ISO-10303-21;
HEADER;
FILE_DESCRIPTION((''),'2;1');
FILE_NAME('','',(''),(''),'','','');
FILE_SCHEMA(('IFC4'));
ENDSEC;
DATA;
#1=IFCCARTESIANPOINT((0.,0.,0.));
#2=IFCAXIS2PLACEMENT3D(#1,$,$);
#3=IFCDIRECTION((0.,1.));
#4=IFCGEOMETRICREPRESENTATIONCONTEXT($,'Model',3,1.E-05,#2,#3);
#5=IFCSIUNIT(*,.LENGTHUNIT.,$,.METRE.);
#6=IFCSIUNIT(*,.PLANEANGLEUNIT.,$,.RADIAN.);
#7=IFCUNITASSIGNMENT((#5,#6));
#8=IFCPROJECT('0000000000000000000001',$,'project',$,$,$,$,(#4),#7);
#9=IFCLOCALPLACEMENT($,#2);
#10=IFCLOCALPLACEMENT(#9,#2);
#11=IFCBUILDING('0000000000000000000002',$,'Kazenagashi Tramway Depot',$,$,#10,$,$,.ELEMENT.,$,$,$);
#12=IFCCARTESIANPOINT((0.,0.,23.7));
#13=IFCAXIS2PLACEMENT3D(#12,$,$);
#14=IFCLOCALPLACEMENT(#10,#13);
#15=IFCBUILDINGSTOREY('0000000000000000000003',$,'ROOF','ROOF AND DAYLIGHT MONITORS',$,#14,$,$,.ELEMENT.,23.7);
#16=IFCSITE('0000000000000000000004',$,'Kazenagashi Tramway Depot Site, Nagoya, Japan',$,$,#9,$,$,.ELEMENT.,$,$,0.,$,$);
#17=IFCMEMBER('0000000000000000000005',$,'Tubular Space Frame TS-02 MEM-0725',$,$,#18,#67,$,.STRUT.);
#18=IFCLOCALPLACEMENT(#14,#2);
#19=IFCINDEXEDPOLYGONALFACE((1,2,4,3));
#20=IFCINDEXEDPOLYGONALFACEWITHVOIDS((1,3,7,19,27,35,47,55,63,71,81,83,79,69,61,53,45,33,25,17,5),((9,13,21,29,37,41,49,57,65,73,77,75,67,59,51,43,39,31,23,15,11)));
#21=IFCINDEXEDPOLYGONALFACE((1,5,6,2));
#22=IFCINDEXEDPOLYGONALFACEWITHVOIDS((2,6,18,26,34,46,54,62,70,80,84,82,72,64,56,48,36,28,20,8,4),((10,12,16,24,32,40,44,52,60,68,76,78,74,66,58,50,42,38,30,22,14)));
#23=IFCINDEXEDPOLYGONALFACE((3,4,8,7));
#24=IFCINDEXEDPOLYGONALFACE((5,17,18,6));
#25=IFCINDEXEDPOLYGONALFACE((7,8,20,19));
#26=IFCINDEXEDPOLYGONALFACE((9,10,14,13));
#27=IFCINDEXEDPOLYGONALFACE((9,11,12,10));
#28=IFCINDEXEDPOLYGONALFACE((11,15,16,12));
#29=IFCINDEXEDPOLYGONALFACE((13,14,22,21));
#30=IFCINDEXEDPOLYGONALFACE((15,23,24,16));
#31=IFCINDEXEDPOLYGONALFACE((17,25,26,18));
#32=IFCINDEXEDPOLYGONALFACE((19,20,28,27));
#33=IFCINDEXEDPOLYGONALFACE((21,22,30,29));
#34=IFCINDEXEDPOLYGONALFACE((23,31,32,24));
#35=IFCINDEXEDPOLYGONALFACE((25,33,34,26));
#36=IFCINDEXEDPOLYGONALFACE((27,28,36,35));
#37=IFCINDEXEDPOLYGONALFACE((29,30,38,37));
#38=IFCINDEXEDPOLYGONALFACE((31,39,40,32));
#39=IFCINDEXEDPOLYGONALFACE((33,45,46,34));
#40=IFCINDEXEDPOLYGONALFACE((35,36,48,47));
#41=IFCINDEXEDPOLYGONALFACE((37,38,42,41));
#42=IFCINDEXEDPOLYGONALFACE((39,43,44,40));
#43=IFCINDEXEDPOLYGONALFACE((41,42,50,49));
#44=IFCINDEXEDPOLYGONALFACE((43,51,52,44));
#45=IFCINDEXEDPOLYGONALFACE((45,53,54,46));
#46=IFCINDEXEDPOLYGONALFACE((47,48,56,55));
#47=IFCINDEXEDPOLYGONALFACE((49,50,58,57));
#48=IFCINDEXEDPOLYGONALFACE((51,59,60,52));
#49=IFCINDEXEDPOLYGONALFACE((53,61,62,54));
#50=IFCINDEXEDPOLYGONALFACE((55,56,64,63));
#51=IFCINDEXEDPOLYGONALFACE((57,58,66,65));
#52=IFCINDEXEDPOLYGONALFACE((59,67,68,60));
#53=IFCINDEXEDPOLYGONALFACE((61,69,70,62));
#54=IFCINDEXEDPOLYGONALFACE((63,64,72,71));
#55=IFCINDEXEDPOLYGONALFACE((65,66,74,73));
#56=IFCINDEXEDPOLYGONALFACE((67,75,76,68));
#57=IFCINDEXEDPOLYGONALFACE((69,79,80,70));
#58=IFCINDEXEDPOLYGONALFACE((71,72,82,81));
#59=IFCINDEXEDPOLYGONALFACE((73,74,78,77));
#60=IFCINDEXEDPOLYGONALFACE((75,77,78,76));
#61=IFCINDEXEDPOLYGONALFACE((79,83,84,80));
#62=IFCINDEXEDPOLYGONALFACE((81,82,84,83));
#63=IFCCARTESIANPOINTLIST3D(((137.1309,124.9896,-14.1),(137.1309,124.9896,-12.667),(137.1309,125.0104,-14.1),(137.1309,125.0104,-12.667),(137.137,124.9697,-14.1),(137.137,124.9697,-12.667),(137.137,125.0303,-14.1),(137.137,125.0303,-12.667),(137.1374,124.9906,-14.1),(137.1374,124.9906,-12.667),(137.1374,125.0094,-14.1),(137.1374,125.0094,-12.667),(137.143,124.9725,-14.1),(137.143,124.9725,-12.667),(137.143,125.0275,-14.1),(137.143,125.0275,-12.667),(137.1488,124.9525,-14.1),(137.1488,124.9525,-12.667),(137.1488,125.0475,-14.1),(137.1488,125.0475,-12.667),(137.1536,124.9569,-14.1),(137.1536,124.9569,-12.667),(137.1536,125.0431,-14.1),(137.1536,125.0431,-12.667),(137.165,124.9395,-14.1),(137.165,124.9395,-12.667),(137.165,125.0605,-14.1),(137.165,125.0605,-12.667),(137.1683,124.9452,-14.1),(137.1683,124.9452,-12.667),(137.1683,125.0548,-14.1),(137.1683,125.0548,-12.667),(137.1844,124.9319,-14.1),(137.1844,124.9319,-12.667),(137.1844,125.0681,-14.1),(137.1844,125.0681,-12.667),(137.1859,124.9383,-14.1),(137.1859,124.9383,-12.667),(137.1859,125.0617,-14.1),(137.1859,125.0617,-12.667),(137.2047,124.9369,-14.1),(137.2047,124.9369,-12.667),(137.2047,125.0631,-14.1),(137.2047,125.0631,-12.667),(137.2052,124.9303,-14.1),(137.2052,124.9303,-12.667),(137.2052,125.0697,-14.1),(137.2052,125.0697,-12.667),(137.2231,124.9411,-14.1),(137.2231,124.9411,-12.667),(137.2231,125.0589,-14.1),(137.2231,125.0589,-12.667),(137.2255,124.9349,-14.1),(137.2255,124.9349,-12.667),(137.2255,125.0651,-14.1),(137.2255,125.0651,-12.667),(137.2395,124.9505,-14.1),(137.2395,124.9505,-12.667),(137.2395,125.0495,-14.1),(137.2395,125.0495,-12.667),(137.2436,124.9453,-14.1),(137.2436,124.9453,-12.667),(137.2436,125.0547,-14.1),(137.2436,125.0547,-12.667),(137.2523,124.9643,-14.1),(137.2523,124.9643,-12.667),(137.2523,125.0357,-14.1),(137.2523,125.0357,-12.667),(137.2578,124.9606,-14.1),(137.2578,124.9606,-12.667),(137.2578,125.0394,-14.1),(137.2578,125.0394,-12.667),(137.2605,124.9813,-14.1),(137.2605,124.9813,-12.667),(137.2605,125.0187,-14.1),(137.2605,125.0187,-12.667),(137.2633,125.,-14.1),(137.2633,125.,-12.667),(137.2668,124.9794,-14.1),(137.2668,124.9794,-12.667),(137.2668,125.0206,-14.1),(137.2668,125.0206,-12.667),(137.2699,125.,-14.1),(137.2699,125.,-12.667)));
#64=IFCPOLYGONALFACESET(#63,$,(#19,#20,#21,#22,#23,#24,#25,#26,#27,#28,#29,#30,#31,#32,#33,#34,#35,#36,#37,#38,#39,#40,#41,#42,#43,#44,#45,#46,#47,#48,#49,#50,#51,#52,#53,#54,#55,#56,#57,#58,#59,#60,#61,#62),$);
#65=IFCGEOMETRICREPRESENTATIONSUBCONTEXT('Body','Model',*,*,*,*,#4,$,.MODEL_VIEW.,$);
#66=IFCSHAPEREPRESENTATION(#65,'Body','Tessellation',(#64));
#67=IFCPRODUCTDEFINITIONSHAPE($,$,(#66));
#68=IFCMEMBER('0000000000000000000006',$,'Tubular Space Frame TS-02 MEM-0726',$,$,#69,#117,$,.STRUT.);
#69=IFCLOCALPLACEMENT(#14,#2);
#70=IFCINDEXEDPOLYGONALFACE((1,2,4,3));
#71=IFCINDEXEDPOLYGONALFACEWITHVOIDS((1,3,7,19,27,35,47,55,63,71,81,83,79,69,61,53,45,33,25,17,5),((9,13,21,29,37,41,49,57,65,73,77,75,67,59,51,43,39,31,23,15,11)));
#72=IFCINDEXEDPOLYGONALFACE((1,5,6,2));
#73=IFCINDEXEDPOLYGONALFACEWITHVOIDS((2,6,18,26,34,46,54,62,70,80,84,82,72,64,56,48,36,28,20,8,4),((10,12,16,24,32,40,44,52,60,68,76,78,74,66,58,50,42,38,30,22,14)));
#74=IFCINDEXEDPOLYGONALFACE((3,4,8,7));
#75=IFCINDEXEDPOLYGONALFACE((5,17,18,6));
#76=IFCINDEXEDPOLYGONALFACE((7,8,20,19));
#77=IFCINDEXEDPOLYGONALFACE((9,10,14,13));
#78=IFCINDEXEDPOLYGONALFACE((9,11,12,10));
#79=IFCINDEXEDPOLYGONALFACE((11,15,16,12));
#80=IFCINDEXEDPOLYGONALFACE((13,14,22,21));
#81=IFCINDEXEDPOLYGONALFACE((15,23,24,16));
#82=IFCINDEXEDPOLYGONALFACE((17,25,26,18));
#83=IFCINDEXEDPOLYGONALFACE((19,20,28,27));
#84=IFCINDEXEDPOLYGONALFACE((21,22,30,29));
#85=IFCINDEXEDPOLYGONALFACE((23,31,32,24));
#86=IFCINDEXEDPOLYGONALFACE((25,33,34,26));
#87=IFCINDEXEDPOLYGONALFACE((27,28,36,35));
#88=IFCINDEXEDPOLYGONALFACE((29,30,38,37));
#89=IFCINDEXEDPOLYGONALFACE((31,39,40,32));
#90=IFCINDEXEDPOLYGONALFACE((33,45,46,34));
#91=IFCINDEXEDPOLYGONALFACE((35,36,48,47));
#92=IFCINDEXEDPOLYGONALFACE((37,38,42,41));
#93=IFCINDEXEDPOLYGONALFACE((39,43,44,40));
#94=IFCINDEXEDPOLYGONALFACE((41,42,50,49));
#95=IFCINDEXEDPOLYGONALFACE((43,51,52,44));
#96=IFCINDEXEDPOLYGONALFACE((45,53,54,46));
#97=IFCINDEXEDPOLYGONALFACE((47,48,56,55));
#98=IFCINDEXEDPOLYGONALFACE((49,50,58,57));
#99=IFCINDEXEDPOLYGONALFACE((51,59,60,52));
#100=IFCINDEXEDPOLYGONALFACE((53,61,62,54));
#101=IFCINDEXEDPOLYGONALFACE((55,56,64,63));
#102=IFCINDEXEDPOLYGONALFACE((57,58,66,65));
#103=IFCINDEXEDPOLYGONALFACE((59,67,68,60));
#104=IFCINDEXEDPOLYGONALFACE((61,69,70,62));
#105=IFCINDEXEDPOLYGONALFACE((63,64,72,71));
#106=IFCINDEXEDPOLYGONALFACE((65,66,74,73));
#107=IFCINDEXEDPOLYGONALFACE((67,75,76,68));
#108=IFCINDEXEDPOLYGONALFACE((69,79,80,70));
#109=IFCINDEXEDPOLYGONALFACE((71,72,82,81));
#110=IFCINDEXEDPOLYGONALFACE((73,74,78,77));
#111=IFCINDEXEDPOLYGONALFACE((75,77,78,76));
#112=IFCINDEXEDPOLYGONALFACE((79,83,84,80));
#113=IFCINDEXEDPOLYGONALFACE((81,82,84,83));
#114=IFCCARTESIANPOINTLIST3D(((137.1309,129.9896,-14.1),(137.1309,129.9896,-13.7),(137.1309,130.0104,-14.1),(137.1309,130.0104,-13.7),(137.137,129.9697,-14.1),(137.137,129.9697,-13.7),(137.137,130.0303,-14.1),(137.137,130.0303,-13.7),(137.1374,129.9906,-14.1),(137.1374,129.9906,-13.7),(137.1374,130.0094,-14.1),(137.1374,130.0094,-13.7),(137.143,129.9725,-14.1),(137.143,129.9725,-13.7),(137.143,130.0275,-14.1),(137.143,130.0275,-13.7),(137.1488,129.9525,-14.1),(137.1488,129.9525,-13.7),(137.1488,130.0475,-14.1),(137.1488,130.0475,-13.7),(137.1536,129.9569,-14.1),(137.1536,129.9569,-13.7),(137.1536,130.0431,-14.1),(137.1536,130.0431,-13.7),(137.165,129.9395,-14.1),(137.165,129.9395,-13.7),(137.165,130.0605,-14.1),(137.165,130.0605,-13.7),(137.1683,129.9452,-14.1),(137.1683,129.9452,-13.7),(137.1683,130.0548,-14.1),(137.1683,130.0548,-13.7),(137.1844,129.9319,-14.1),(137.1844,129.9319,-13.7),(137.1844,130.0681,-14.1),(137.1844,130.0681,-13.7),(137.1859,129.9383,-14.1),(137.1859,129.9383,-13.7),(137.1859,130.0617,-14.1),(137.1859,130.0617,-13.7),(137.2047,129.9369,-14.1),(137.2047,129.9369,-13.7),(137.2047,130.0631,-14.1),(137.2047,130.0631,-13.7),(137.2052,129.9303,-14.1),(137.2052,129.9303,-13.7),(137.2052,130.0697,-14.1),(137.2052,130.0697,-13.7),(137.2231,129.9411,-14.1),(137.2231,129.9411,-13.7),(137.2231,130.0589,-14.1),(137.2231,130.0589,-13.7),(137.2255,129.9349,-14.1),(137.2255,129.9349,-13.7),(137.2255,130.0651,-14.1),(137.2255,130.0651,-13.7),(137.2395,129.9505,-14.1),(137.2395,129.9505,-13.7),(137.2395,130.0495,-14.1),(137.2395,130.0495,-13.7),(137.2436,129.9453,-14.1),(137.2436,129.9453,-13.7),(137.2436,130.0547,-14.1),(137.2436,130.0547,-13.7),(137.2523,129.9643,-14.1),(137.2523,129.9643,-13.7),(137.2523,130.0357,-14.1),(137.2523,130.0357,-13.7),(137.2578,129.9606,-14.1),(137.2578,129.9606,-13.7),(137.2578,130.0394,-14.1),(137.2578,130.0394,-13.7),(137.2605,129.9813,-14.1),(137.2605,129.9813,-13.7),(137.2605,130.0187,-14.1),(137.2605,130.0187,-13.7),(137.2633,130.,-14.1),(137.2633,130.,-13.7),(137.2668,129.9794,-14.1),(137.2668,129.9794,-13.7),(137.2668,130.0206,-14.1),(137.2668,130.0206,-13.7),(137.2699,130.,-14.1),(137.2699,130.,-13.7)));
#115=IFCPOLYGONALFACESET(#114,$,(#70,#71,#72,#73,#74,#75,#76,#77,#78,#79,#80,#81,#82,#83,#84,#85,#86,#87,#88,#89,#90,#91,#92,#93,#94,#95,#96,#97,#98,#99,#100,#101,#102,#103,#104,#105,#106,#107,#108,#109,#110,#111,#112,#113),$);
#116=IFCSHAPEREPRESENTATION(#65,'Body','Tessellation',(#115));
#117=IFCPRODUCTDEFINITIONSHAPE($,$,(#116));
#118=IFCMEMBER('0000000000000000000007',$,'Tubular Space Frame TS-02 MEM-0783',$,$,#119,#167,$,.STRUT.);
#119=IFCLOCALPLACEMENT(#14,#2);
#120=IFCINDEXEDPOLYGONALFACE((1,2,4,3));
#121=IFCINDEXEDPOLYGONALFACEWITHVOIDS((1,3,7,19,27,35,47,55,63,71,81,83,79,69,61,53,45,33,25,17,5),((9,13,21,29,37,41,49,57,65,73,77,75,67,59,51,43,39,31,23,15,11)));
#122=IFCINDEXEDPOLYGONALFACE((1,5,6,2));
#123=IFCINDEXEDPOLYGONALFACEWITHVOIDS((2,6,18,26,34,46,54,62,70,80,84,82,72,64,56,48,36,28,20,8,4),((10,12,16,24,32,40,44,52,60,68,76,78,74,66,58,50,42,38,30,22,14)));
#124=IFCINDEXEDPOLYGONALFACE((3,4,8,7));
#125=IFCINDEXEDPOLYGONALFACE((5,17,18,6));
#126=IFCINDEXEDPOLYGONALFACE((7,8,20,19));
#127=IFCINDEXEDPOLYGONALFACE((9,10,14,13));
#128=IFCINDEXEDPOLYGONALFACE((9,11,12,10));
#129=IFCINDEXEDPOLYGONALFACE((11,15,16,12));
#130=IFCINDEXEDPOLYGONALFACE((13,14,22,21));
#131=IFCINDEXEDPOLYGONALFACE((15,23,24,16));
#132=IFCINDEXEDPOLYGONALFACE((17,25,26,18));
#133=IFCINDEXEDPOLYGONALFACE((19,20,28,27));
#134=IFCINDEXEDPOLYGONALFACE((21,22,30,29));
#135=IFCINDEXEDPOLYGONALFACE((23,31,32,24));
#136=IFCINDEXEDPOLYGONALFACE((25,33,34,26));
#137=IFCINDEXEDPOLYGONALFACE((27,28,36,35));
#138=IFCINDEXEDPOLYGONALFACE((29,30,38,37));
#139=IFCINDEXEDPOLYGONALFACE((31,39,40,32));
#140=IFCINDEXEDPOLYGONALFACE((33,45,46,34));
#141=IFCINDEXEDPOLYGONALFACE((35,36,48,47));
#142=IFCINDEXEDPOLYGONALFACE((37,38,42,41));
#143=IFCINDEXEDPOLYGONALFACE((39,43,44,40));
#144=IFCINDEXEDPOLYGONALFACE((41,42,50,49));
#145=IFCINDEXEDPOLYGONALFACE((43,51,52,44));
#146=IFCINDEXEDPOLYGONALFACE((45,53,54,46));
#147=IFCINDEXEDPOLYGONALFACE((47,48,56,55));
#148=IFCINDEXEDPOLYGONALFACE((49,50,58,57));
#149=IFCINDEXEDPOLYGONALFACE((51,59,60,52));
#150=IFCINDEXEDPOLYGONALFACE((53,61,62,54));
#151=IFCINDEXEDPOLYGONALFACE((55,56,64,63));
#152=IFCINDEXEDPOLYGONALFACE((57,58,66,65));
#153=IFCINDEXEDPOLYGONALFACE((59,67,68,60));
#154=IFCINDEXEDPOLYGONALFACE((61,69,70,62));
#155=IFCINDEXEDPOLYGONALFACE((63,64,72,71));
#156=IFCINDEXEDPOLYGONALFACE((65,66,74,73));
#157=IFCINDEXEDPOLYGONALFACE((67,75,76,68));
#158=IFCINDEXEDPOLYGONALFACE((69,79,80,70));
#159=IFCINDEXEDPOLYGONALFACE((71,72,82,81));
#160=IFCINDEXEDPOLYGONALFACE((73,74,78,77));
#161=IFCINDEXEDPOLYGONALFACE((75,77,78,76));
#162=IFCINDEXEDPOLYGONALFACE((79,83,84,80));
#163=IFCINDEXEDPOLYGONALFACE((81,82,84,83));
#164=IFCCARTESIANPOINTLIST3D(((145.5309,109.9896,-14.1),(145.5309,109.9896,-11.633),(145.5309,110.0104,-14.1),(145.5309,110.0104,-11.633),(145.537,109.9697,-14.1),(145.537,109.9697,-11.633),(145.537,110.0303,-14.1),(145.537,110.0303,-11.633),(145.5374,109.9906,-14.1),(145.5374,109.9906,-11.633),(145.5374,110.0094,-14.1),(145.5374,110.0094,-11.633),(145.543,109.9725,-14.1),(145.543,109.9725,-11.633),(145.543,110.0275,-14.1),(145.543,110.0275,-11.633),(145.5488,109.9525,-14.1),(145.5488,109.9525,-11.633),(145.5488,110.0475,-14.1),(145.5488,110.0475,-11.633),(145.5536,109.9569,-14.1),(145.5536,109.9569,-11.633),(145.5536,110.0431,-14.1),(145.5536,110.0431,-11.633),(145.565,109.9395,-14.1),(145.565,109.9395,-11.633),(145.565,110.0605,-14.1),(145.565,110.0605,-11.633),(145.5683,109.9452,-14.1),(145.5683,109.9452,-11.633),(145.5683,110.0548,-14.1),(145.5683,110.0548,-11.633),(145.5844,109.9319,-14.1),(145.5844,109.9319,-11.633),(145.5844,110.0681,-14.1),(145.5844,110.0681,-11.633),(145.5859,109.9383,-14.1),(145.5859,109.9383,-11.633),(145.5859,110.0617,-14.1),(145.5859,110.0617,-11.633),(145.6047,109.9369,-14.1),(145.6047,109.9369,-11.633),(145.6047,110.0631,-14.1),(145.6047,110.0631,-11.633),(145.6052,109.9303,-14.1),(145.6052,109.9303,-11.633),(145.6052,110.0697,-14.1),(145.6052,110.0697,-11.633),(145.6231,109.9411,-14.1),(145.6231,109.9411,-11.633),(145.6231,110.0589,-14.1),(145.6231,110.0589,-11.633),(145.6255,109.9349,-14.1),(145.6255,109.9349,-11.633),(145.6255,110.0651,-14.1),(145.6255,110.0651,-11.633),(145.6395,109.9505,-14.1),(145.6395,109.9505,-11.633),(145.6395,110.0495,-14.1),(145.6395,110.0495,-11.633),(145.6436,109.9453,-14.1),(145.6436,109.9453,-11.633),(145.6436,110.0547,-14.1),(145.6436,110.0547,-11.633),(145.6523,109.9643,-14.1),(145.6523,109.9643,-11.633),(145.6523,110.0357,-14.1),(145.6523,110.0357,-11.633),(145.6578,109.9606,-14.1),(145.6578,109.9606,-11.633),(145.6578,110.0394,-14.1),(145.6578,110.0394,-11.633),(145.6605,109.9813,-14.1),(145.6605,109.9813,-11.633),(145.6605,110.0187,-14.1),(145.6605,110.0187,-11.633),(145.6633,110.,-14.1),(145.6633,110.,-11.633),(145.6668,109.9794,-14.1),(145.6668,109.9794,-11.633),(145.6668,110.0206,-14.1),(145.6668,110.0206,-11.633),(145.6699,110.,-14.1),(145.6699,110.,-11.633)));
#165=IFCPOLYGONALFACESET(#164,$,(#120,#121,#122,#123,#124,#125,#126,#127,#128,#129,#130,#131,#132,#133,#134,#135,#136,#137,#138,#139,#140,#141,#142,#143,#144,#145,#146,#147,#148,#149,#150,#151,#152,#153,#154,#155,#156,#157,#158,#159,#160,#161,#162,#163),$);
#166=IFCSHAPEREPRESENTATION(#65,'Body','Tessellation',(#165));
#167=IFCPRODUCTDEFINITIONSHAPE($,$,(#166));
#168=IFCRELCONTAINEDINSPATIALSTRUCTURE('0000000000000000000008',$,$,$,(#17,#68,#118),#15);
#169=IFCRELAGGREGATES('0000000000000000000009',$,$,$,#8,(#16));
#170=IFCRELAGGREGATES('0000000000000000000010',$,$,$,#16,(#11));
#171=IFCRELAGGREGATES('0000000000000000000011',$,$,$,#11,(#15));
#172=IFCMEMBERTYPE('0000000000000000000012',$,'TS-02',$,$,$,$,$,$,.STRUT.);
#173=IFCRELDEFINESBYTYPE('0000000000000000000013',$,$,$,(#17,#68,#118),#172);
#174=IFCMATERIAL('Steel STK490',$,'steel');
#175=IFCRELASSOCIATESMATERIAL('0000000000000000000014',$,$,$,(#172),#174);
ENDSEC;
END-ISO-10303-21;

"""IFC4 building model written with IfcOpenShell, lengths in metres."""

from ifc_helpers import new_model, si_unit, direction, frame, origin, origin_2d, place, context, subcontext, project, spatial, hollow_circle, extrude, material, material_profile, profile_set, type_object, element, save


model = new_model("IFC4")

# Units and contexts
model_context = context("Model", 3, precision=1e-05, world=origin(), true_north=direction((0.0, 1.0)))
body_context = subcontext(model_context, "Body", "Model", "MODEL_VIEW")
ifc_project = project(units=[si_unit("LENGTHUNIT", "METRE"), si_unit("PLANEANGLEUNIT", "RADIAN")], contexts=[model_context])

# Site, building, storey
site_placement = place(None, origin())
site = spatial("IfcSite", under=ifc_project, at=site_placement, Name="Kazenagashi Tramway Depot Site, Nagoya, Japan", CompositionType="ELEMENT", RefElevation=0.0)
building_placement = place(site_placement, origin())
building = spatial("IfcBuilding", under=site, at=building_placement, Name="Kazenagashi Tramway Depot", CompositionType="ELEMENT")
storey_placement = place(building_placement, frame((0.0, 0.0, 23.7)))
storey = spatial("IfcBuildingStorey", under=building, at=storey_placement, Name="ROOF", Description="ROOF AND DAYLIGHT MONITORS", CompositionType="ELEMENT", Elevation=23.7)

# Members
ifc_material_1 = material(Name="Steel STK490", Category="steel")
ifc_material_profile_1 = material_profile(ifc_material_1, hollow_circle(Radius=0.0699, WallThickness=0.0066, at=origin_2d()), Name="CHS-139.8x6.6")
ifc_profile_set_1 = profile_set([ifc_material_profile_1], Name="Steel STK490")
member_type_1 = type_object("IfcMemberType", Name="TS-02", PredefinedType="STRUT", material=ifc_profile_set_1)
member_1_placement = place(storey_placement, frame((137.2, 125.0, -14.1), z_axis=(0.0, 0.0, 1.0), x_axis=(1.0, 0.0, 0.0)))
element("IfcMember", 1, at=member_1_placement, inside=storey, type_object=member_type_1, Name="Tubular Space Frame TS-02 MEM-0725", PredefinedType="STRUT", context=body_context, shape_type="SweptSolid", body=[
    extrude(hollow_circle(Radius=0.0699, WallThickness=0.0066, at=origin_2d()), origin(), (0.0, 0.0, 1.0), 1.433),
])
member_2_placement = place(storey_placement, frame((137.2, 130.0, -14.1), z_axis=(0.0, 0.0, 1.0), x_axis=(1.0, 0.0, 0.0)))
element("IfcMember", 2, at=member_2_placement, inside=storey, type_object=member_type_1, Name="Tubular Space Frame TS-02 MEM-0726", PredefinedType="STRUT", context=body_context, shape_type="SweptSolid", body=[
    extrude(hollow_circle(Radius=0.0699, WallThickness=0.0066, at=origin_2d()), origin(), (0.0, 0.0, 1.0), 0.4),
])
member_3_placement = place(storey_placement, frame((145.6, 110.0, -14.1), z_axis=(0.0, 0.0, 1.0), x_axis=(1.0, 0.0, 0.0)))
element("IfcMember", 3, at=member_3_placement, inside=storey, type_object=member_type_1, Name="Tubular Space Frame TS-02 MEM-0783", PredefinedType="STRUT", context=body_context, shape_type="SweptSolid", body=[
    extrude(hollow_circle(Radius=0.0699, WallThickness=0.0066, at=origin_2d()), origin(), (0.0, 0.0, 1.0), 2.467),
])

save(model, "model.ifc")
